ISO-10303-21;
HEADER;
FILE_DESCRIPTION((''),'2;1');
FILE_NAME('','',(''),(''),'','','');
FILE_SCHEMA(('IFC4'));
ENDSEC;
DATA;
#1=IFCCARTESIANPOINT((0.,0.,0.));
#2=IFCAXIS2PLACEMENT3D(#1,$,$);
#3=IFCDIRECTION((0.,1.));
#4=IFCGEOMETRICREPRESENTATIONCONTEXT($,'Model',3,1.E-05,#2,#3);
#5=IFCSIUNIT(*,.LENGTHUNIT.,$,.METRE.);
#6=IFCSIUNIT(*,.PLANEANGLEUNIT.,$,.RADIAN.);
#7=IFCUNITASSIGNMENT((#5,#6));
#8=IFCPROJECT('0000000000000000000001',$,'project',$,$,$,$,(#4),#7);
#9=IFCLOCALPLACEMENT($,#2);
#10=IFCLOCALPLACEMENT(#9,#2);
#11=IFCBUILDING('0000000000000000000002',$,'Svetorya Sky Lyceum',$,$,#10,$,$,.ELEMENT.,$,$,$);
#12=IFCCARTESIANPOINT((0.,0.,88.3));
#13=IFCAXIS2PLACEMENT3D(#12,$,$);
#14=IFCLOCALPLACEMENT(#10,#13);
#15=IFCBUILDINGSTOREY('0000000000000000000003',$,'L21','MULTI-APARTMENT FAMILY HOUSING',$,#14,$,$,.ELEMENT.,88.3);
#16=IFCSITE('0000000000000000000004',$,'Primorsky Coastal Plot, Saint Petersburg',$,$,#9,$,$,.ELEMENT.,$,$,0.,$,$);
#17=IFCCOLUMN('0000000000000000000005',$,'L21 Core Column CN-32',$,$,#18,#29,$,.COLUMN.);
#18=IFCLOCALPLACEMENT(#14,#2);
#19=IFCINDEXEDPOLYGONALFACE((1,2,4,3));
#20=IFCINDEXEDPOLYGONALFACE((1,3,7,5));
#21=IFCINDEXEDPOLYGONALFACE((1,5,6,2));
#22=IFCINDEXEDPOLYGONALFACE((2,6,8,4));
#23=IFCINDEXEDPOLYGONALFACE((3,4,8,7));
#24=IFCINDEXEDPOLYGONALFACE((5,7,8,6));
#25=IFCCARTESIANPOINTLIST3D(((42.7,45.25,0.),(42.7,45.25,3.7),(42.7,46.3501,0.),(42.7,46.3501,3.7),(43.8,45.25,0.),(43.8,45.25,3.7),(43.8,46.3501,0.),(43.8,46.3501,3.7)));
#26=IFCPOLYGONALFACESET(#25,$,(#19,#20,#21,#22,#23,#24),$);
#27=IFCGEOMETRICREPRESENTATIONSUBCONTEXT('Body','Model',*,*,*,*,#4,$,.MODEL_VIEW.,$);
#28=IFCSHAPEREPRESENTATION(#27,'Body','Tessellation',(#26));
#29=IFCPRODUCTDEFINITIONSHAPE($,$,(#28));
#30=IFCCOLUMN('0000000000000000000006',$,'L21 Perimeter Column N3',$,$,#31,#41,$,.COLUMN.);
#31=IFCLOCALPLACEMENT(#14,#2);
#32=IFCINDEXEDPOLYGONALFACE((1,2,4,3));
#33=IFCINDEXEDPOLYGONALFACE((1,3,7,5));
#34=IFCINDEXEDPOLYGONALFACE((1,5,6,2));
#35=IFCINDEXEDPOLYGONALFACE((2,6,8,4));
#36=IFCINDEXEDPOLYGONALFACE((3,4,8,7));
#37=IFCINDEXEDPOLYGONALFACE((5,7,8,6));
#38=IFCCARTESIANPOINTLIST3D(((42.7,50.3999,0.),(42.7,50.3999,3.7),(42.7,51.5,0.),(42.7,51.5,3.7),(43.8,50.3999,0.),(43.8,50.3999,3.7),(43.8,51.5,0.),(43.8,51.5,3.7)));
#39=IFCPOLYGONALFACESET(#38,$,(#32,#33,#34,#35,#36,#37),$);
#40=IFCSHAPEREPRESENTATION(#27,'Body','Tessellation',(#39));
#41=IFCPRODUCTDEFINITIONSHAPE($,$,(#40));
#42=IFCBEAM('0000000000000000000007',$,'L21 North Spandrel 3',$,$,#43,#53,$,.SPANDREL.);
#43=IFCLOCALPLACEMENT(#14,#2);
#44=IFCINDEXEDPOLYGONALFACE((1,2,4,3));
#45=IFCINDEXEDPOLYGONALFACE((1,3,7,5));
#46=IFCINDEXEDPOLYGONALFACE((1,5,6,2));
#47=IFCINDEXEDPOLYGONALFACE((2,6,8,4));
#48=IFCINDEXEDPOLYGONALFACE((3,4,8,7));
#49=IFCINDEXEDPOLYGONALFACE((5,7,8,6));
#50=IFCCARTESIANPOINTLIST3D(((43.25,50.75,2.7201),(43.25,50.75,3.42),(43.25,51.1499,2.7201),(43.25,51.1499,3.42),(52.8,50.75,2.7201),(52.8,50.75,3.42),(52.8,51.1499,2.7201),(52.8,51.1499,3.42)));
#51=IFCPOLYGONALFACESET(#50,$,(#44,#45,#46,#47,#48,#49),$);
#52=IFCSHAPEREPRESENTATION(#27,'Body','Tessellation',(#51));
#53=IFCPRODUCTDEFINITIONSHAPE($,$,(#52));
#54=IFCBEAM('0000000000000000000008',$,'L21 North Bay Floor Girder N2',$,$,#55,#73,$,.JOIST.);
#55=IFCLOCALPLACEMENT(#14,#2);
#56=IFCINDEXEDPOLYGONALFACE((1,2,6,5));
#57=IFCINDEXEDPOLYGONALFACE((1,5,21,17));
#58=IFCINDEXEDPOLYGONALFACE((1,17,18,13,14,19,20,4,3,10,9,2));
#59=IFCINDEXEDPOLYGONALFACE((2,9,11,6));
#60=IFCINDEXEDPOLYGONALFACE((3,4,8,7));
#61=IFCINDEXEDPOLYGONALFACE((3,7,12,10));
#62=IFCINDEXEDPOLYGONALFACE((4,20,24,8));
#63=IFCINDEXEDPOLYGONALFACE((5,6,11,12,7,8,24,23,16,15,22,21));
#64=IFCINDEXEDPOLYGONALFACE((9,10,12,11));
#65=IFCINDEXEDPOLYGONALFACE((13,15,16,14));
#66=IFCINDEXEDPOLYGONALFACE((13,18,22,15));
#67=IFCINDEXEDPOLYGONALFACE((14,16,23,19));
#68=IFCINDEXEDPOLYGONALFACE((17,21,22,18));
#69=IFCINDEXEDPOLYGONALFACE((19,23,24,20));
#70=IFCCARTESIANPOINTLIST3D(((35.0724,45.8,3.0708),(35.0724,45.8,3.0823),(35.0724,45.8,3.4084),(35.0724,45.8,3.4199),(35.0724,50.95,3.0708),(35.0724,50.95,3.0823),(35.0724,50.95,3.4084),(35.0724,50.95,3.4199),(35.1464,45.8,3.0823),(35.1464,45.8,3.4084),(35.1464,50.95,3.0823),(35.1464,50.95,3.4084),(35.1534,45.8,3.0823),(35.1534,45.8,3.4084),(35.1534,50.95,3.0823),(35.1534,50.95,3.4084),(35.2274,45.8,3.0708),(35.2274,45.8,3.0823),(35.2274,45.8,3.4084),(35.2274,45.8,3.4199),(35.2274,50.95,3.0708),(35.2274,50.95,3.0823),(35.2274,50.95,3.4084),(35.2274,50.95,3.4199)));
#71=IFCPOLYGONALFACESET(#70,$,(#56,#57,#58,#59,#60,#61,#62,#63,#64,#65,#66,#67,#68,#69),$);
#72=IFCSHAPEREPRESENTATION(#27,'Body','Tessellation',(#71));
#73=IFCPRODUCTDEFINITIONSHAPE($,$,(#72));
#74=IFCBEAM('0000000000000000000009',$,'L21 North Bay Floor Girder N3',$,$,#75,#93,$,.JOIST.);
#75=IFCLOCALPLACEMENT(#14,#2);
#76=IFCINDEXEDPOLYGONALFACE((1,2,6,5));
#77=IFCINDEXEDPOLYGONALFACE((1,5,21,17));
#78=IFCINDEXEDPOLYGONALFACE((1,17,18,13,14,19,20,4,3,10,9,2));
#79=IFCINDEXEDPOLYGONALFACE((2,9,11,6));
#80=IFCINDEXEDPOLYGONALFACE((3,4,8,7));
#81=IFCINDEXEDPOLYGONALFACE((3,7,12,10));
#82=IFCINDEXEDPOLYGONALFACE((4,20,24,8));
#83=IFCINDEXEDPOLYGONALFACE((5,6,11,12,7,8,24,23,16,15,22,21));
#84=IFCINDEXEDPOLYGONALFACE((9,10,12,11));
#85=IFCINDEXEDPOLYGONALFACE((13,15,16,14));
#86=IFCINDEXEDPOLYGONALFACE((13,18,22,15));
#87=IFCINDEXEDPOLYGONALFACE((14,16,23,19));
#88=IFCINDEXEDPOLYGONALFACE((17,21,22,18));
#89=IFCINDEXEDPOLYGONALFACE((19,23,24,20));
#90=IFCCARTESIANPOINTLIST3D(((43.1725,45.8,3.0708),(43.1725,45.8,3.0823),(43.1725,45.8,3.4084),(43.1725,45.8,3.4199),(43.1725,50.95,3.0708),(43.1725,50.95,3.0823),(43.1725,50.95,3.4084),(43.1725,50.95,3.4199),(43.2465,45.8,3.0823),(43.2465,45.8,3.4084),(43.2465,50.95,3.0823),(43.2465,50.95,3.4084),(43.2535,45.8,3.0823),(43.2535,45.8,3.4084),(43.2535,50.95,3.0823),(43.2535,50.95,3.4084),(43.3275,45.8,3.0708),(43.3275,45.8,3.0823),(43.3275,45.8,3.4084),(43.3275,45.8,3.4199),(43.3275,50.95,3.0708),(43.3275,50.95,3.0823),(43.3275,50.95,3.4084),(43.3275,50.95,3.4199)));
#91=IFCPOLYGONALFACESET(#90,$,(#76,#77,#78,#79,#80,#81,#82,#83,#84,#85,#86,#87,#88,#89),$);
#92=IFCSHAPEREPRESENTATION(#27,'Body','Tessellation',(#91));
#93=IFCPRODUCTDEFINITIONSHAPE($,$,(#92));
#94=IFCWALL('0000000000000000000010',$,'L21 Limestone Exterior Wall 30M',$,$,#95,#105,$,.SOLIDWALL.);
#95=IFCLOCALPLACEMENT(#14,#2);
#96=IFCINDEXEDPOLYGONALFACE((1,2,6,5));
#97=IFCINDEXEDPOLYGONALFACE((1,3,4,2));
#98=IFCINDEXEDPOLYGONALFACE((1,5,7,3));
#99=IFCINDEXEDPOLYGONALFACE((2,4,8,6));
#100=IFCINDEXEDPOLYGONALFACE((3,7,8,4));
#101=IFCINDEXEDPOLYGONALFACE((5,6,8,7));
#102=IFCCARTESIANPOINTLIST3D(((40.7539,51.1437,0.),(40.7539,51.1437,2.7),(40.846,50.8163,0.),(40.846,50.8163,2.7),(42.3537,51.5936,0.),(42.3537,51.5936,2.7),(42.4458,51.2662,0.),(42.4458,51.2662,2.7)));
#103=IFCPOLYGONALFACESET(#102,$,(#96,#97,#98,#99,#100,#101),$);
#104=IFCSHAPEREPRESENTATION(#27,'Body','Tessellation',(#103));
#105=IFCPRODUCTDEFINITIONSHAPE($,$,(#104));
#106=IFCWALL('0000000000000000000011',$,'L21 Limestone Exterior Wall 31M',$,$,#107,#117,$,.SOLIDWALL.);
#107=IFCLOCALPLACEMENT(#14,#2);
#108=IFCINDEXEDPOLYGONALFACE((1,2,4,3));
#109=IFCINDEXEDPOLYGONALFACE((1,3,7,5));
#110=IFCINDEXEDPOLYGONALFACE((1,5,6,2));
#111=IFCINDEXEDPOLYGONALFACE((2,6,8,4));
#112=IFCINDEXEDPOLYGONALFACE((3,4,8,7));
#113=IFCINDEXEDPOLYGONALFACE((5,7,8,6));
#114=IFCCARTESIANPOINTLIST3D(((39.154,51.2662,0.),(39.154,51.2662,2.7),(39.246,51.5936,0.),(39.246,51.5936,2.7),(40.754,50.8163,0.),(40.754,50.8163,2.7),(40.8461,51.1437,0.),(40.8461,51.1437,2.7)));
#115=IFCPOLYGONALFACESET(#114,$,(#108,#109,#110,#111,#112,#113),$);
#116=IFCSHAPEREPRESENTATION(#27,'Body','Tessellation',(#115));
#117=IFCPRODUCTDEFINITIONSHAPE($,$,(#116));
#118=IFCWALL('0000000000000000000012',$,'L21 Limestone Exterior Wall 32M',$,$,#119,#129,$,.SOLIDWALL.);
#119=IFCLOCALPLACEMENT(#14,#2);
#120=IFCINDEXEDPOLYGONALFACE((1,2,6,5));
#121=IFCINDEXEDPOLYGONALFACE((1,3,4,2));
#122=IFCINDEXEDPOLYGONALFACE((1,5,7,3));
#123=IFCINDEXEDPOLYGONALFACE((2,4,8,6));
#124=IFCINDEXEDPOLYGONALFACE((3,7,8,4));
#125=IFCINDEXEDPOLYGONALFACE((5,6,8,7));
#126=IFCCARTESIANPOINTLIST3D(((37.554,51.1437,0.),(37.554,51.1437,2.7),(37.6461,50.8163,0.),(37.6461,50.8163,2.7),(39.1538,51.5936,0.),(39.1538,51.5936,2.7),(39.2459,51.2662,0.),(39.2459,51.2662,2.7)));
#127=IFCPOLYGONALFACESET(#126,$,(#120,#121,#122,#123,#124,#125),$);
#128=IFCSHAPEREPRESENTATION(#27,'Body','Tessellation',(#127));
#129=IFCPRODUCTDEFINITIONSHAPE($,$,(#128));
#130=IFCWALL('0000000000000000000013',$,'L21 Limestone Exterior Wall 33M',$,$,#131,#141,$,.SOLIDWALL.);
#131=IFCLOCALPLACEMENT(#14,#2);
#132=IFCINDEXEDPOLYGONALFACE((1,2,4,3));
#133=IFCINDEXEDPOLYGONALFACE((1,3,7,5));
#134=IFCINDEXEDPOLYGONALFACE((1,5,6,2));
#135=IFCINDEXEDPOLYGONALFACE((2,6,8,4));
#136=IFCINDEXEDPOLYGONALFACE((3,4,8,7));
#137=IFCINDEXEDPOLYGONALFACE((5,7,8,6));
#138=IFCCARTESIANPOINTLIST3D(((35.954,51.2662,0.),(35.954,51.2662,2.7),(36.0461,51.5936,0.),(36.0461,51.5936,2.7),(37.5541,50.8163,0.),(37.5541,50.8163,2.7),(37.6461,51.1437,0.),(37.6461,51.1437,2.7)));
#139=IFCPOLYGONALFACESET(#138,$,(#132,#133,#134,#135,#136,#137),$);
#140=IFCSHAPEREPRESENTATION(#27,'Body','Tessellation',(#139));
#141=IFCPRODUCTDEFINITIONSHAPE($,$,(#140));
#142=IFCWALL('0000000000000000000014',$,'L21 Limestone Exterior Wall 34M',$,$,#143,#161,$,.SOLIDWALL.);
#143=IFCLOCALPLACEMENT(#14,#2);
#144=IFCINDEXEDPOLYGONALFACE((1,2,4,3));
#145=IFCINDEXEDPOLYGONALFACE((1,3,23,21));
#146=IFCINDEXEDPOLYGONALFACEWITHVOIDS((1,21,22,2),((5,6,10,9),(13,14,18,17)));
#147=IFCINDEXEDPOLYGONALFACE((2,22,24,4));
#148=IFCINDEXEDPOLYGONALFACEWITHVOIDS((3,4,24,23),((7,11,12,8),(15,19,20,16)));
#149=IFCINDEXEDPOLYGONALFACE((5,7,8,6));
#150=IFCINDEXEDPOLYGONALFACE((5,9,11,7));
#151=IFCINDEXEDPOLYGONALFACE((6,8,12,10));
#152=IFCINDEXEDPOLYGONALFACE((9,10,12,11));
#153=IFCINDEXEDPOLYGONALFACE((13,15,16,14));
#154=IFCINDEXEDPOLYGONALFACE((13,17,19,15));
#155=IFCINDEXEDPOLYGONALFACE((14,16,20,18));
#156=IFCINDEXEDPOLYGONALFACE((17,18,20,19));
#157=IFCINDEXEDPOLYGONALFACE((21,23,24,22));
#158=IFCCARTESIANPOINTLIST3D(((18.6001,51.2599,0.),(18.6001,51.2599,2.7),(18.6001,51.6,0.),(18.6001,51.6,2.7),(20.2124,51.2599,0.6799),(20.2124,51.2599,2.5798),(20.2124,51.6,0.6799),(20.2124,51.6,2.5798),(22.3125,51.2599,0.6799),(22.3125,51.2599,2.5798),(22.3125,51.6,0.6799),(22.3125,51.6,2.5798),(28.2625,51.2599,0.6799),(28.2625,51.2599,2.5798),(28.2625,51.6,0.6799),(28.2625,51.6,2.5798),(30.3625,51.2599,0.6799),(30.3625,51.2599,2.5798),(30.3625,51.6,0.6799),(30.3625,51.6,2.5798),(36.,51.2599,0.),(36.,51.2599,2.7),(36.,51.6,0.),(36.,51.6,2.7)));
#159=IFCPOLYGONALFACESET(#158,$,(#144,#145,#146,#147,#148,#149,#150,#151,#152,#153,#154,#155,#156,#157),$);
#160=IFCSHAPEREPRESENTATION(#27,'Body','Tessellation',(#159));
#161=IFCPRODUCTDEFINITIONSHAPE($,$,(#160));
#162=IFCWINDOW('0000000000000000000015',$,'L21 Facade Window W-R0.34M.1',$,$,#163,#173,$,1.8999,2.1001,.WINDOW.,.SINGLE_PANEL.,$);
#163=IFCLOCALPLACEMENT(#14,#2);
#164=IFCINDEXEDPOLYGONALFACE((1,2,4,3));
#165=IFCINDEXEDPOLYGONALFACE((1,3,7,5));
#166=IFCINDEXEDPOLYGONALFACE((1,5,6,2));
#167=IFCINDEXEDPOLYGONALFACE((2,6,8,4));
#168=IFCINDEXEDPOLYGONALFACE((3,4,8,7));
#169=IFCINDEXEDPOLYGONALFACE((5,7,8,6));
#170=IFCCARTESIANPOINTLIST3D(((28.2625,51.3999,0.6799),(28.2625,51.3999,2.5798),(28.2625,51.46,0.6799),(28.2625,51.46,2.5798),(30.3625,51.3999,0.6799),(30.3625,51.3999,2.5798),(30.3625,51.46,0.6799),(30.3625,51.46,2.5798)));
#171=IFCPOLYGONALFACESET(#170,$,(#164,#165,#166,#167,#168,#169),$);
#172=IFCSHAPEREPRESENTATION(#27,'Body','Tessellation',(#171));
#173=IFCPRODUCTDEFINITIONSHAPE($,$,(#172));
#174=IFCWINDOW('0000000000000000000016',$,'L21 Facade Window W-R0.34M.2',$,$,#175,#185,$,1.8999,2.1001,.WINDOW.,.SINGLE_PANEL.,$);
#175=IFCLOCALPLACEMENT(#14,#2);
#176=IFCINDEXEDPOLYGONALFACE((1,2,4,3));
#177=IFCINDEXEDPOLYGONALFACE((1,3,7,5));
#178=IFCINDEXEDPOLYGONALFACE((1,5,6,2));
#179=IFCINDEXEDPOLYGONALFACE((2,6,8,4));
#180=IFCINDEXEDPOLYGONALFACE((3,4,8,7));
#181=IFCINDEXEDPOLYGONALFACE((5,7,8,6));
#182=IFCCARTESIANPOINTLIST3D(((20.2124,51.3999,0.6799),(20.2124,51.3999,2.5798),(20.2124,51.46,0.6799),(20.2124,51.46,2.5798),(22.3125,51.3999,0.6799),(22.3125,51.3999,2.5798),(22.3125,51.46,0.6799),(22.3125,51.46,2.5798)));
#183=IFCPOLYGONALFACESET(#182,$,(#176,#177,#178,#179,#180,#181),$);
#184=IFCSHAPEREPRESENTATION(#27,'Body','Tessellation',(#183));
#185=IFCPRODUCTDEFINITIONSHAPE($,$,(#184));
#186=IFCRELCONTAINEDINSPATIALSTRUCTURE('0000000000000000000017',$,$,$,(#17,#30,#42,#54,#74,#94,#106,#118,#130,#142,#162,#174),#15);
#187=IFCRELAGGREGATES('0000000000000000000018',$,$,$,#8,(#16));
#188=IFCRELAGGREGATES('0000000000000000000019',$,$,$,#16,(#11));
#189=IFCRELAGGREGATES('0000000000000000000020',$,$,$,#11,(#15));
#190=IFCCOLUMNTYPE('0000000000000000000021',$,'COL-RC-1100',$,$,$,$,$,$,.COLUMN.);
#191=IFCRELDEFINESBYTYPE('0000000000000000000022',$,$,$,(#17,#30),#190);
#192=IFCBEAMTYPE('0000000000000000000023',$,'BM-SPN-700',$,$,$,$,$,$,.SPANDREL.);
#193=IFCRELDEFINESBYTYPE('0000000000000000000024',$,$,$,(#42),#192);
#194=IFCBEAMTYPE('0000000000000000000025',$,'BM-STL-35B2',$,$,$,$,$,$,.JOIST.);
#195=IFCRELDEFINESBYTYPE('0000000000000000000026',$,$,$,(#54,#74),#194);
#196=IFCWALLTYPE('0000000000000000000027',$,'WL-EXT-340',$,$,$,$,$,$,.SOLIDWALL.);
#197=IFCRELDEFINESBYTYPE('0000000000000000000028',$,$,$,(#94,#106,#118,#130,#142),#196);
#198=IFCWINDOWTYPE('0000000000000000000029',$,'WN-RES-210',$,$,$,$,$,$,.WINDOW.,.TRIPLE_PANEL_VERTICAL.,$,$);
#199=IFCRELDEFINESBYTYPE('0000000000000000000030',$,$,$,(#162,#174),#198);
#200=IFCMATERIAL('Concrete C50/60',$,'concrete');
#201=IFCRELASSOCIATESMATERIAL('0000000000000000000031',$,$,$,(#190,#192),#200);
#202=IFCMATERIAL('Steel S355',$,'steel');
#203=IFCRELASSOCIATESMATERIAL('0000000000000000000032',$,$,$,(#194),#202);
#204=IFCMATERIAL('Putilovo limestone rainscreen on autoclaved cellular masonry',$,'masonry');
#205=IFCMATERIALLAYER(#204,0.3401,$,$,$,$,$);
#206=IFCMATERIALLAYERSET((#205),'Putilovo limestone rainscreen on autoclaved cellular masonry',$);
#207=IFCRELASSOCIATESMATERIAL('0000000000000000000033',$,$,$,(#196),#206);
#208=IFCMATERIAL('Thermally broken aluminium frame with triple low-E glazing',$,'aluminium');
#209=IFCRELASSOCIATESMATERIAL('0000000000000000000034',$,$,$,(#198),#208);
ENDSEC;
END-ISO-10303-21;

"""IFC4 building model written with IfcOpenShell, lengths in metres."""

from ifc_helpers import new_model, si_unit, direction, frame, frame_2d, origin, origin_2d, place, context, subcontext, project, spatial, rectangle, i_section, extrude, material, layer, layer_set, material_profile, profile_set, type_object, element, fill, save


model = new_model("IFC4")

# Units and contexts
model_context = context("Model", 3, precision=1e-05, world=origin(), true_north=direction((0.0, 1.0)))
body_context = subcontext(model_context, "Body", "Model", "MODEL_VIEW")
ifc_project = project(units=[si_unit("LENGTHUNIT", "METRE"), si_unit("PLANEANGLEUNIT", "RADIAN")], contexts=[model_context])

# Site, building, storey
site_placement = place(None, origin())
site = spatial("IfcSite", under=ifc_project, at=site_placement, Name="Primorsky Coastal Plot, Saint Petersburg", CompositionType="ELEMENT", RefElevation=0.0)
building_placement = place(site_placement, origin())
building = spatial("IfcBuilding", under=site, at=building_placement, Name="Svetorya Sky Lyceum", CompositionType="ELEMENT")
storey_placement = place(building_placement, frame((0.0, 0.0, 88.3)))
storey = spatial("IfcBuildingStorey", under=building, at=storey_placement, Name="L21", Description="MULTI-APARTMENT FAMILY HOUSING", CompositionType="ELEMENT", Elevation=88.3)

# Columns
ifc_material_1 = material(Name="Concrete C50/60", Category="concrete")
ifc_material_profile_1 = material_profile(ifc_material_1, rectangle(XDim=1.1001, YDim=1.1001, at=origin_2d()), Name="RC COL 1100x1100")
ifc_profile_set_1 = profile_set([ifc_material_profile_1], Name="Concrete C50/60")
column_type = type_object("IfcColumnType", Name="COL-RC-1100", PredefinedType="COLUMN", material=ifc_profile_set_1)
for number, where, z_axis, x_axis, name in (
    (1, (43.25, 45.8, 0.0), (0.0, 0.0, 1.0), (1.0, 0.0, 0.0), "L21 Core Column CN-32"),
    (2, (43.25, 50.95, 0.0), (0.0, 0.0, 1.0), (1.0, 0.0, 0.0), "L21 Perimeter Column N3"),
):
    element("IfcColumn", number, at=place(storey_placement, frame(where, z_axis=z_axis, x_axis=x_axis)), inside=storey, type_object=column_type, Name=name, PredefinedType="COLUMN", context=body_context, shape_type="SweptSolid", body=[
        extrude(rectangle(XDim=1.1001, YDim=1.1001, at=origin_2d()), origin(), (0.0, 0.0, 1.0), 3.7),
    ])

# Beams
ifc_material_profile_2 = material_profile(ifc_material_1, rectangle(XDim=0.3999, YDim=0.7, at=origin_2d()), Name="RC SPANDREL 400x700")
ifc_profile_set_2 = profile_set([ifc_material_profile_2], Name="Concrete C50/60")
beam_type_1 = type_object("IfcBeamType", Name="BM-SPN-700", PredefinedType="SPANDREL", material=ifc_profile_set_2)
beam_placement = place(storey_placement, frame((43.25, 50.95, 3.0701), z_axis=(1.0, 0.0, 0.0), x_axis=(0.0, 1.0, 0.0)))
element("IfcBeam", 3, at=beam_placement, inside=storey, type_object=beam_type_1, Name="L21 North Spandrel 3", PredefinedType="SPANDREL", context=body_context, shape_type="SweptSolid", body=[
    extrude(rectangle(XDim=0.3999, YDim=0.7, at=origin_2d()), origin(), (0.0, 0.0, 1.0), 9.55),
])
ifc_material_2 = material(Name="Steel S355", Category="steel")
ifc_material_profile_3 = material_profile(ifc_material_2, i_section(OverallWidth=0.155, OverallDepth=0.3491, WebThickness=0.0071, FlangeThickness=0.0115, at=origin_2d()), Name="GOST 35B2")
ifc_profile_set_3 = profile_set([ifc_material_profile_3], Name="Steel S355")
beam_type_2 = type_object("IfcBeamType", Name="BM-STL-35B2", PredefinedType="JOIST", material=ifc_profile_set_3)
for number, where, z_axis, x_axis, name in (
    (4, (35.1499, 45.8, 3.2454), (0.0, 1.0, 0.0), (-1.0, 0.0, 0.0), "L21 North Bay Floor Girder N2"),
    (5, (43.25, 45.8, 3.2454), (0.0, 1.0, 0.0), (-1.0, 0.0, 0.0), "L21 North Bay Floor Girder N3"),
):
    element("IfcBeam", number, at=place(storey_placement, frame(where, z_axis=z_axis, x_axis=x_axis)), inside=storey, type_object=beam_type_2, Name=name, PredefinedType="JOIST", context=body_context, shape_type="SweptSolid", body=[
        extrude(i_section(OverallWidth=0.155, OverallDepth=0.3491, WebThickness=0.0071, FlangeThickness=0.0115, at=origin_2d()), origin(), (0.0, 0.0, 1.0), 5.1499),
    ])

# Walls
ifc_material_3 = material(Name="Putilovo limestone rainscreen on autoclaved cellular masonry", Category="masonry")
ifc_layer_1 = layer(ifc_material_3, 0.3401)
ifc_layer_set_1 = layer_set([ifc_layer_1], Name="Putilovo limestone rainscreen on autoclaved cellular masonry")
wall_type_1 = type_object("IfcWallType", Name="WL-EXT-340", PredefinedType="SOLIDWALL", material=ifc_layer_set_1)
wall_1_placement = place(storey_placement, frame((42.3999, 51.4299, 0.0), z_axis=(0.0, 0.0, 1.0), x_axis=(-0.962652, -0.270741, 0.0)))
element("IfcWall", 6, at=wall_1_placement, inside=storey, type_object=wall_type_1, Name="L21 Limestone Exterior Wall 30M", PredefinedType="SOLIDWALL", context=body_context, shape_type="SweptSolid", body=[
    extrude(rectangle(XDim=1.6619, YDim=0.3401, at=frame_2d((0.8311, 0.0))), origin(), (0.0, 0.0, 1.0), 2.7),
])
wall_2_placement = place(storey_placement, frame((40.8, 50.98, 0.0), z_axis=(0.0, 0.0, 1.0), x_axis=(-0.962663, 0.270703, 0.0)))
element("IfcWall", 7, at=wall_2_placement, inside=storey, type_object=wall_type_1, Name="L21 Limestone Exterior Wall 31M", PredefinedType="SOLIDWALL", context=body_context, shape_type="SweptSolid", body=[
    extrude(rectangle(XDim=1.6621, YDim=0.3401, at=frame_2d((0.8311, 0.0))), origin(), (0.0, 0.0, 1.0), 2.7),
])
wall_3_placement = place(storey_placement, frame((39.2, 51.4299, 0.0), z_axis=(0.0, 0.0, 1.0), x_axis=(-0.962652, -0.270741, 0.0)))
element("IfcWall", 8, at=wall_3_placement, inside=storey, type_object=wall_type_1, Name="L21 Limestone Exterior Wall 32M", PredefinedType="SOLIDWALL", context=body_context, shape_type="SweptSolid", body=[
    extrude(rectangle(XDim=1.6619, YDim=0.3401, at=frame_2d((0.8311, 0.0))), origin(), (0.0, 0.0, 1.0), 2.7),
])
wall_4_placement = place(storey_placement, frame((37.6001, 50.98, 0.0), z_axis=(0.0, 0.0, 1.0), x_axis=(-0.962663, 0.270703, 0.0)))
element("IfcWall", 9, at=wall_4_placement, inside=storey, type_object=wall_type_1, Name="L21 Limestone Exterior Wall 33M", PredefinedType="SOLIDWALL", context=body_context, shape_type="SweptSolid", body=[
    extrude(rectangle(XDim=1.6621, YDim=0.3401, at=frame_2d((0.8311, 0.0))), origin(), (0.0, 0.0, 1.0), 2.7),
])

# Wall, openings, windows
wall_5_placement = place(storey_placement, frame((36.0, 51.4299, 0.0), z_axis=(0.0, 0.0, 1.0), x_axis=(-1.0, 0.0, 0.0)))
wall_5 = element("IfcWall", 10, at=wall_5_placement, inside=storey, type_object=wall_type_1, Name="L21 Limestone Exterior Wall 34M", PredefinedType="SOLIDWALL", context=body_context, shape_type="SweptSolid", body=[
    extrude(rectangle(XDim=17.3999, YDim=0.3401, at=frame_2d((8.7, 0.0))), origin(), (0.0, 0.0, 1.0), 2.7),
])
opening_1_placement = place(wall_5_placement, frame((5.6375, 0.0, 0.6799)))
opening_1 = element("IfcOpeningElement", 11, at=opening_1_placement, cuts=wall_5, PredefinedType="OPENING", context=body_context, shape_type="SweptSolid", body=[
    extrude(rectangle(XDim=2.1001, YDim=1.8999, at=frame_2d((1.05, 0.95))), frame((0.0, 0.1799, 0.0), z_axis=(0.0, -1.0, 0.0), x_axis=(1.0, 0.0, 0.0)), (0.0, 0.0, 1.0), 0.3601),
])
opening_2_placement = place(wall_5_placement, frame((13.6875, 0.0, 0.6799)))
opening_2 = element("IfcOpeningElement", 12, at=opening_2_placement, cuts=wall_5, PredefinedType="OPENING", context=body_context, shape_type="SweptSolid", body=[
    extrude(rectangle(XDim=2.1001, YDim=1.8999, at=frame_2d((1.05, 0.95))), frame((0.0, 0.1799, 0.0), z_axis=(0.0, -1.0, 0.0), x_axis=(1.0, 0.0, 0.0)), (0.0, 0.0, 1.0), 0.3601),
])
ifc_material_4 = material(Name="Thermally broken aluminium frame with triple low-E glazing", Category="aluminium")
window_type = type_object("IfcWindowType", Name="WN-RES-210", PartitioningType="TRIPLE_PANEL_VERTICAL", PredefinedType="WINDOW", material=ifc_material_4)
window_1_placement = place(opening_1_placement, origin())
window_1 = element("IfcWindow", 13, at=window_1_placement, inside=storey, type_object=window_type, Name="L21 Facade Window W-R0.34M.1", OverallHeight=1.8999, OverallWidth=2.1001, PartitioningType="SINGLE_PANEL", PredefinedType="WINDOW", context=body_context, shape_type="SweptSolid", body=[
    extrude(rectangle(XDim=2.1001, YDim=1.8999, at=frame_2d((1.05, 0.95))), frame((0.0, 0.03, 0.0), z_axis=(0.0, -1.0, 0.0), x_axis=(1.0, 0.0, 0.0)), (0.0, 0.0, 1.0), 0.0601),
])
fill(opening_1, window_1)
window_2_placement = place(opening_2_placement, origin())
window_2 = element("IfcWindow", 14, at=window_2_placement, inside=storey, type_object=window_type, Name="L21 Facade Window W-R0.34M.2", OverallHeight=1.8999, OverallWidth=2.1001, PartitioningType="SINGLE_PANEL", PredefinedType="WINDOW", context=body_context, shape_type="SweptSolid", body=[
    extrude(rectangle(XDim=2.1001, YDim=1.8999, at=frame_2d((1.05, 0.95))), frame((0.0, 0.03, 0.0), z_axis=(0.0, -1.0, 0.0), x_axis=(1.0, 0.0, 0.0)), (0.0, 0.0, 1.0), 0.0601),
])
fill(opening_2, window_2)

save(model, "model.ifc")
